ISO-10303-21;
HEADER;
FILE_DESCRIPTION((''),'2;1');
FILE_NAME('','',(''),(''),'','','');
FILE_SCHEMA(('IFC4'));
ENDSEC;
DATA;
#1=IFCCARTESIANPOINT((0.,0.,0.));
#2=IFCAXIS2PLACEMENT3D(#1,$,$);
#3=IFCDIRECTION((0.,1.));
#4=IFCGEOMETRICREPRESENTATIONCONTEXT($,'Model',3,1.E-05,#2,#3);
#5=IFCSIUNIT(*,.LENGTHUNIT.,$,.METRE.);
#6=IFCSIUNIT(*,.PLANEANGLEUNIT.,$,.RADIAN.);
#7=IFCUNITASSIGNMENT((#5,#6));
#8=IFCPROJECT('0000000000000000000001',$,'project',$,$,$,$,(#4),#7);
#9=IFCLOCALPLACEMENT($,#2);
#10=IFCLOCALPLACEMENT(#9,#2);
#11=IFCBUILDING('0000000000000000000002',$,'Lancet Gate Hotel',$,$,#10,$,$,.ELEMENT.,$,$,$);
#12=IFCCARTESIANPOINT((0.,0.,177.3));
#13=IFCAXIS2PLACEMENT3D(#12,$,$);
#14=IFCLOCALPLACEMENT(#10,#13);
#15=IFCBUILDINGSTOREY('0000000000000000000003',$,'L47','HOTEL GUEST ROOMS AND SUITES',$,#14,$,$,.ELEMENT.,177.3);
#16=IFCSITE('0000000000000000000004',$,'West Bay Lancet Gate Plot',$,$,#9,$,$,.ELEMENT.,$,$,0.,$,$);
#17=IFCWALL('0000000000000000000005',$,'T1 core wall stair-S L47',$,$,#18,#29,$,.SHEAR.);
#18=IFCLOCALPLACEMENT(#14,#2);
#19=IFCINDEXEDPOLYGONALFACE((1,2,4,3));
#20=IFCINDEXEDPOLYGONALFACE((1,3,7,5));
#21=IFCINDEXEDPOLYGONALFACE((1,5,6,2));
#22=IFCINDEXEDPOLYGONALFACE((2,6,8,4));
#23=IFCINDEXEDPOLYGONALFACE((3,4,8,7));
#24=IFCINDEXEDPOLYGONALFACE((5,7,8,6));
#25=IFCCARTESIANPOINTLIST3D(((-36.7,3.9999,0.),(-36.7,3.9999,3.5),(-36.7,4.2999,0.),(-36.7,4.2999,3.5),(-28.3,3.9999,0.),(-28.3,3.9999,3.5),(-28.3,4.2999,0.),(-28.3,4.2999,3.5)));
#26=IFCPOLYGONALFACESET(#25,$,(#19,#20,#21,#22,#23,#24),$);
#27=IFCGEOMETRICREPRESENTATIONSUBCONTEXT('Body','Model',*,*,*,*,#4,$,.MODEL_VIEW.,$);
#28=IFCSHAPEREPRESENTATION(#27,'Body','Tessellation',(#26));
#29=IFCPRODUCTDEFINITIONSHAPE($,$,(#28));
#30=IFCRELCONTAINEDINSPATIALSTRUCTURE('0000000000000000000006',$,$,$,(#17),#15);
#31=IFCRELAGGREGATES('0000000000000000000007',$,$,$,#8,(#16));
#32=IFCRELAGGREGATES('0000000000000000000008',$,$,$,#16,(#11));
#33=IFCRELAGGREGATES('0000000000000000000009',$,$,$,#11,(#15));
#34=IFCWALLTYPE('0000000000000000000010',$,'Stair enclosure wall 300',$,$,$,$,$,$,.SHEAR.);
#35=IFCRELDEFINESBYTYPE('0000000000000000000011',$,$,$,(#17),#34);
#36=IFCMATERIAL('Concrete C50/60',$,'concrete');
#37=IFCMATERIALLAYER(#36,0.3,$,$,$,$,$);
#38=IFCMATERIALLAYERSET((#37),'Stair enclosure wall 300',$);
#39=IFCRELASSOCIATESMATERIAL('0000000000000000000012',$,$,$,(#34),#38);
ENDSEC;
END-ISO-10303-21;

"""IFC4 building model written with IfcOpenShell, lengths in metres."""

from ifc_helpers import new_model, si_unit, direction, frame, frame_2d, origin, place, context, subcontext, project, spatial, rectangle, extrude, material, layer, layer_set, type_object, element, save


model = new_model("IFC4")

# Units and contexts
model_context = context("Model", 3, precision=1e-05, world=origin(), true_north=direction((0.0, 1.0)))
body_context = subcontext(model_context, "Body", "Model", "MODEL_VIEW")
ifc_project = project(units=[si_unit("LENGTHUNIT", "METRE"), si_unit("PLANEANGLEUNIT", "RADIAN")], contexts=[model_context])

# Site, building, storey
site_placement = place(None, origin())
site = spatial("IfcSite", under=ifc_project, at=site_placement, Name="West Bay Lancet Gate Plot", CompositionType="ELEMENT", RefElevation=0.0)
building_placement = place(site_placement, origin())
building = spatial("IfcBuilding", under=site, at=building_placement, Name="Lancet Gate Hotel", CompositionType="ELEMENT")
storey_placement = place(building_placement, frame((0.0, 0.0, 177.3)))
storey = spatial("IfcBuildingStorey", under=building, at=storey_placement, Name="L47", Description="HOTEL GUEST ROOMS AND SUITES", CompositionType="ELEMENT", Elevation=177.3)

# Wall
ifc_material_1 = material(Name="Concrete C50/60", Category="concrete")
ifc_layer_1 = layer(ifc_material_1, 0.3)
ifc_layer_set_1 = layer_set([ifc_layer_1], Name="Stair enclosure wall 300")
wall_type_1 = type_object("IfcWallType", Name="Stair enclosure wall 300", PredefinedType="SHEAR", material=ifc_layer_set_1)
wall_1_placement = place(storey_placement, frame((-28.3, 4.1499, 0.0), z_axis=(0.0, 0.0, 1.0), x_axis=(-1.0, 0.0, 0.0)))
element("IfcWall", 1, at=wall_1_placement, inside=storey, type_object=wall_type_1, Name="T1 core wall stair-S L47", PredefinedType="SHEAR", context=body_context, shape_type="SweptSolid", body=[
    extrude(rectangle(XDim=8.3999, YDim=0.3, at=frame_2d((4.2, 0.0))), origin(), (0.0, 0.0, 1.0), 3.5),
])

save(model, "model.ifc")
